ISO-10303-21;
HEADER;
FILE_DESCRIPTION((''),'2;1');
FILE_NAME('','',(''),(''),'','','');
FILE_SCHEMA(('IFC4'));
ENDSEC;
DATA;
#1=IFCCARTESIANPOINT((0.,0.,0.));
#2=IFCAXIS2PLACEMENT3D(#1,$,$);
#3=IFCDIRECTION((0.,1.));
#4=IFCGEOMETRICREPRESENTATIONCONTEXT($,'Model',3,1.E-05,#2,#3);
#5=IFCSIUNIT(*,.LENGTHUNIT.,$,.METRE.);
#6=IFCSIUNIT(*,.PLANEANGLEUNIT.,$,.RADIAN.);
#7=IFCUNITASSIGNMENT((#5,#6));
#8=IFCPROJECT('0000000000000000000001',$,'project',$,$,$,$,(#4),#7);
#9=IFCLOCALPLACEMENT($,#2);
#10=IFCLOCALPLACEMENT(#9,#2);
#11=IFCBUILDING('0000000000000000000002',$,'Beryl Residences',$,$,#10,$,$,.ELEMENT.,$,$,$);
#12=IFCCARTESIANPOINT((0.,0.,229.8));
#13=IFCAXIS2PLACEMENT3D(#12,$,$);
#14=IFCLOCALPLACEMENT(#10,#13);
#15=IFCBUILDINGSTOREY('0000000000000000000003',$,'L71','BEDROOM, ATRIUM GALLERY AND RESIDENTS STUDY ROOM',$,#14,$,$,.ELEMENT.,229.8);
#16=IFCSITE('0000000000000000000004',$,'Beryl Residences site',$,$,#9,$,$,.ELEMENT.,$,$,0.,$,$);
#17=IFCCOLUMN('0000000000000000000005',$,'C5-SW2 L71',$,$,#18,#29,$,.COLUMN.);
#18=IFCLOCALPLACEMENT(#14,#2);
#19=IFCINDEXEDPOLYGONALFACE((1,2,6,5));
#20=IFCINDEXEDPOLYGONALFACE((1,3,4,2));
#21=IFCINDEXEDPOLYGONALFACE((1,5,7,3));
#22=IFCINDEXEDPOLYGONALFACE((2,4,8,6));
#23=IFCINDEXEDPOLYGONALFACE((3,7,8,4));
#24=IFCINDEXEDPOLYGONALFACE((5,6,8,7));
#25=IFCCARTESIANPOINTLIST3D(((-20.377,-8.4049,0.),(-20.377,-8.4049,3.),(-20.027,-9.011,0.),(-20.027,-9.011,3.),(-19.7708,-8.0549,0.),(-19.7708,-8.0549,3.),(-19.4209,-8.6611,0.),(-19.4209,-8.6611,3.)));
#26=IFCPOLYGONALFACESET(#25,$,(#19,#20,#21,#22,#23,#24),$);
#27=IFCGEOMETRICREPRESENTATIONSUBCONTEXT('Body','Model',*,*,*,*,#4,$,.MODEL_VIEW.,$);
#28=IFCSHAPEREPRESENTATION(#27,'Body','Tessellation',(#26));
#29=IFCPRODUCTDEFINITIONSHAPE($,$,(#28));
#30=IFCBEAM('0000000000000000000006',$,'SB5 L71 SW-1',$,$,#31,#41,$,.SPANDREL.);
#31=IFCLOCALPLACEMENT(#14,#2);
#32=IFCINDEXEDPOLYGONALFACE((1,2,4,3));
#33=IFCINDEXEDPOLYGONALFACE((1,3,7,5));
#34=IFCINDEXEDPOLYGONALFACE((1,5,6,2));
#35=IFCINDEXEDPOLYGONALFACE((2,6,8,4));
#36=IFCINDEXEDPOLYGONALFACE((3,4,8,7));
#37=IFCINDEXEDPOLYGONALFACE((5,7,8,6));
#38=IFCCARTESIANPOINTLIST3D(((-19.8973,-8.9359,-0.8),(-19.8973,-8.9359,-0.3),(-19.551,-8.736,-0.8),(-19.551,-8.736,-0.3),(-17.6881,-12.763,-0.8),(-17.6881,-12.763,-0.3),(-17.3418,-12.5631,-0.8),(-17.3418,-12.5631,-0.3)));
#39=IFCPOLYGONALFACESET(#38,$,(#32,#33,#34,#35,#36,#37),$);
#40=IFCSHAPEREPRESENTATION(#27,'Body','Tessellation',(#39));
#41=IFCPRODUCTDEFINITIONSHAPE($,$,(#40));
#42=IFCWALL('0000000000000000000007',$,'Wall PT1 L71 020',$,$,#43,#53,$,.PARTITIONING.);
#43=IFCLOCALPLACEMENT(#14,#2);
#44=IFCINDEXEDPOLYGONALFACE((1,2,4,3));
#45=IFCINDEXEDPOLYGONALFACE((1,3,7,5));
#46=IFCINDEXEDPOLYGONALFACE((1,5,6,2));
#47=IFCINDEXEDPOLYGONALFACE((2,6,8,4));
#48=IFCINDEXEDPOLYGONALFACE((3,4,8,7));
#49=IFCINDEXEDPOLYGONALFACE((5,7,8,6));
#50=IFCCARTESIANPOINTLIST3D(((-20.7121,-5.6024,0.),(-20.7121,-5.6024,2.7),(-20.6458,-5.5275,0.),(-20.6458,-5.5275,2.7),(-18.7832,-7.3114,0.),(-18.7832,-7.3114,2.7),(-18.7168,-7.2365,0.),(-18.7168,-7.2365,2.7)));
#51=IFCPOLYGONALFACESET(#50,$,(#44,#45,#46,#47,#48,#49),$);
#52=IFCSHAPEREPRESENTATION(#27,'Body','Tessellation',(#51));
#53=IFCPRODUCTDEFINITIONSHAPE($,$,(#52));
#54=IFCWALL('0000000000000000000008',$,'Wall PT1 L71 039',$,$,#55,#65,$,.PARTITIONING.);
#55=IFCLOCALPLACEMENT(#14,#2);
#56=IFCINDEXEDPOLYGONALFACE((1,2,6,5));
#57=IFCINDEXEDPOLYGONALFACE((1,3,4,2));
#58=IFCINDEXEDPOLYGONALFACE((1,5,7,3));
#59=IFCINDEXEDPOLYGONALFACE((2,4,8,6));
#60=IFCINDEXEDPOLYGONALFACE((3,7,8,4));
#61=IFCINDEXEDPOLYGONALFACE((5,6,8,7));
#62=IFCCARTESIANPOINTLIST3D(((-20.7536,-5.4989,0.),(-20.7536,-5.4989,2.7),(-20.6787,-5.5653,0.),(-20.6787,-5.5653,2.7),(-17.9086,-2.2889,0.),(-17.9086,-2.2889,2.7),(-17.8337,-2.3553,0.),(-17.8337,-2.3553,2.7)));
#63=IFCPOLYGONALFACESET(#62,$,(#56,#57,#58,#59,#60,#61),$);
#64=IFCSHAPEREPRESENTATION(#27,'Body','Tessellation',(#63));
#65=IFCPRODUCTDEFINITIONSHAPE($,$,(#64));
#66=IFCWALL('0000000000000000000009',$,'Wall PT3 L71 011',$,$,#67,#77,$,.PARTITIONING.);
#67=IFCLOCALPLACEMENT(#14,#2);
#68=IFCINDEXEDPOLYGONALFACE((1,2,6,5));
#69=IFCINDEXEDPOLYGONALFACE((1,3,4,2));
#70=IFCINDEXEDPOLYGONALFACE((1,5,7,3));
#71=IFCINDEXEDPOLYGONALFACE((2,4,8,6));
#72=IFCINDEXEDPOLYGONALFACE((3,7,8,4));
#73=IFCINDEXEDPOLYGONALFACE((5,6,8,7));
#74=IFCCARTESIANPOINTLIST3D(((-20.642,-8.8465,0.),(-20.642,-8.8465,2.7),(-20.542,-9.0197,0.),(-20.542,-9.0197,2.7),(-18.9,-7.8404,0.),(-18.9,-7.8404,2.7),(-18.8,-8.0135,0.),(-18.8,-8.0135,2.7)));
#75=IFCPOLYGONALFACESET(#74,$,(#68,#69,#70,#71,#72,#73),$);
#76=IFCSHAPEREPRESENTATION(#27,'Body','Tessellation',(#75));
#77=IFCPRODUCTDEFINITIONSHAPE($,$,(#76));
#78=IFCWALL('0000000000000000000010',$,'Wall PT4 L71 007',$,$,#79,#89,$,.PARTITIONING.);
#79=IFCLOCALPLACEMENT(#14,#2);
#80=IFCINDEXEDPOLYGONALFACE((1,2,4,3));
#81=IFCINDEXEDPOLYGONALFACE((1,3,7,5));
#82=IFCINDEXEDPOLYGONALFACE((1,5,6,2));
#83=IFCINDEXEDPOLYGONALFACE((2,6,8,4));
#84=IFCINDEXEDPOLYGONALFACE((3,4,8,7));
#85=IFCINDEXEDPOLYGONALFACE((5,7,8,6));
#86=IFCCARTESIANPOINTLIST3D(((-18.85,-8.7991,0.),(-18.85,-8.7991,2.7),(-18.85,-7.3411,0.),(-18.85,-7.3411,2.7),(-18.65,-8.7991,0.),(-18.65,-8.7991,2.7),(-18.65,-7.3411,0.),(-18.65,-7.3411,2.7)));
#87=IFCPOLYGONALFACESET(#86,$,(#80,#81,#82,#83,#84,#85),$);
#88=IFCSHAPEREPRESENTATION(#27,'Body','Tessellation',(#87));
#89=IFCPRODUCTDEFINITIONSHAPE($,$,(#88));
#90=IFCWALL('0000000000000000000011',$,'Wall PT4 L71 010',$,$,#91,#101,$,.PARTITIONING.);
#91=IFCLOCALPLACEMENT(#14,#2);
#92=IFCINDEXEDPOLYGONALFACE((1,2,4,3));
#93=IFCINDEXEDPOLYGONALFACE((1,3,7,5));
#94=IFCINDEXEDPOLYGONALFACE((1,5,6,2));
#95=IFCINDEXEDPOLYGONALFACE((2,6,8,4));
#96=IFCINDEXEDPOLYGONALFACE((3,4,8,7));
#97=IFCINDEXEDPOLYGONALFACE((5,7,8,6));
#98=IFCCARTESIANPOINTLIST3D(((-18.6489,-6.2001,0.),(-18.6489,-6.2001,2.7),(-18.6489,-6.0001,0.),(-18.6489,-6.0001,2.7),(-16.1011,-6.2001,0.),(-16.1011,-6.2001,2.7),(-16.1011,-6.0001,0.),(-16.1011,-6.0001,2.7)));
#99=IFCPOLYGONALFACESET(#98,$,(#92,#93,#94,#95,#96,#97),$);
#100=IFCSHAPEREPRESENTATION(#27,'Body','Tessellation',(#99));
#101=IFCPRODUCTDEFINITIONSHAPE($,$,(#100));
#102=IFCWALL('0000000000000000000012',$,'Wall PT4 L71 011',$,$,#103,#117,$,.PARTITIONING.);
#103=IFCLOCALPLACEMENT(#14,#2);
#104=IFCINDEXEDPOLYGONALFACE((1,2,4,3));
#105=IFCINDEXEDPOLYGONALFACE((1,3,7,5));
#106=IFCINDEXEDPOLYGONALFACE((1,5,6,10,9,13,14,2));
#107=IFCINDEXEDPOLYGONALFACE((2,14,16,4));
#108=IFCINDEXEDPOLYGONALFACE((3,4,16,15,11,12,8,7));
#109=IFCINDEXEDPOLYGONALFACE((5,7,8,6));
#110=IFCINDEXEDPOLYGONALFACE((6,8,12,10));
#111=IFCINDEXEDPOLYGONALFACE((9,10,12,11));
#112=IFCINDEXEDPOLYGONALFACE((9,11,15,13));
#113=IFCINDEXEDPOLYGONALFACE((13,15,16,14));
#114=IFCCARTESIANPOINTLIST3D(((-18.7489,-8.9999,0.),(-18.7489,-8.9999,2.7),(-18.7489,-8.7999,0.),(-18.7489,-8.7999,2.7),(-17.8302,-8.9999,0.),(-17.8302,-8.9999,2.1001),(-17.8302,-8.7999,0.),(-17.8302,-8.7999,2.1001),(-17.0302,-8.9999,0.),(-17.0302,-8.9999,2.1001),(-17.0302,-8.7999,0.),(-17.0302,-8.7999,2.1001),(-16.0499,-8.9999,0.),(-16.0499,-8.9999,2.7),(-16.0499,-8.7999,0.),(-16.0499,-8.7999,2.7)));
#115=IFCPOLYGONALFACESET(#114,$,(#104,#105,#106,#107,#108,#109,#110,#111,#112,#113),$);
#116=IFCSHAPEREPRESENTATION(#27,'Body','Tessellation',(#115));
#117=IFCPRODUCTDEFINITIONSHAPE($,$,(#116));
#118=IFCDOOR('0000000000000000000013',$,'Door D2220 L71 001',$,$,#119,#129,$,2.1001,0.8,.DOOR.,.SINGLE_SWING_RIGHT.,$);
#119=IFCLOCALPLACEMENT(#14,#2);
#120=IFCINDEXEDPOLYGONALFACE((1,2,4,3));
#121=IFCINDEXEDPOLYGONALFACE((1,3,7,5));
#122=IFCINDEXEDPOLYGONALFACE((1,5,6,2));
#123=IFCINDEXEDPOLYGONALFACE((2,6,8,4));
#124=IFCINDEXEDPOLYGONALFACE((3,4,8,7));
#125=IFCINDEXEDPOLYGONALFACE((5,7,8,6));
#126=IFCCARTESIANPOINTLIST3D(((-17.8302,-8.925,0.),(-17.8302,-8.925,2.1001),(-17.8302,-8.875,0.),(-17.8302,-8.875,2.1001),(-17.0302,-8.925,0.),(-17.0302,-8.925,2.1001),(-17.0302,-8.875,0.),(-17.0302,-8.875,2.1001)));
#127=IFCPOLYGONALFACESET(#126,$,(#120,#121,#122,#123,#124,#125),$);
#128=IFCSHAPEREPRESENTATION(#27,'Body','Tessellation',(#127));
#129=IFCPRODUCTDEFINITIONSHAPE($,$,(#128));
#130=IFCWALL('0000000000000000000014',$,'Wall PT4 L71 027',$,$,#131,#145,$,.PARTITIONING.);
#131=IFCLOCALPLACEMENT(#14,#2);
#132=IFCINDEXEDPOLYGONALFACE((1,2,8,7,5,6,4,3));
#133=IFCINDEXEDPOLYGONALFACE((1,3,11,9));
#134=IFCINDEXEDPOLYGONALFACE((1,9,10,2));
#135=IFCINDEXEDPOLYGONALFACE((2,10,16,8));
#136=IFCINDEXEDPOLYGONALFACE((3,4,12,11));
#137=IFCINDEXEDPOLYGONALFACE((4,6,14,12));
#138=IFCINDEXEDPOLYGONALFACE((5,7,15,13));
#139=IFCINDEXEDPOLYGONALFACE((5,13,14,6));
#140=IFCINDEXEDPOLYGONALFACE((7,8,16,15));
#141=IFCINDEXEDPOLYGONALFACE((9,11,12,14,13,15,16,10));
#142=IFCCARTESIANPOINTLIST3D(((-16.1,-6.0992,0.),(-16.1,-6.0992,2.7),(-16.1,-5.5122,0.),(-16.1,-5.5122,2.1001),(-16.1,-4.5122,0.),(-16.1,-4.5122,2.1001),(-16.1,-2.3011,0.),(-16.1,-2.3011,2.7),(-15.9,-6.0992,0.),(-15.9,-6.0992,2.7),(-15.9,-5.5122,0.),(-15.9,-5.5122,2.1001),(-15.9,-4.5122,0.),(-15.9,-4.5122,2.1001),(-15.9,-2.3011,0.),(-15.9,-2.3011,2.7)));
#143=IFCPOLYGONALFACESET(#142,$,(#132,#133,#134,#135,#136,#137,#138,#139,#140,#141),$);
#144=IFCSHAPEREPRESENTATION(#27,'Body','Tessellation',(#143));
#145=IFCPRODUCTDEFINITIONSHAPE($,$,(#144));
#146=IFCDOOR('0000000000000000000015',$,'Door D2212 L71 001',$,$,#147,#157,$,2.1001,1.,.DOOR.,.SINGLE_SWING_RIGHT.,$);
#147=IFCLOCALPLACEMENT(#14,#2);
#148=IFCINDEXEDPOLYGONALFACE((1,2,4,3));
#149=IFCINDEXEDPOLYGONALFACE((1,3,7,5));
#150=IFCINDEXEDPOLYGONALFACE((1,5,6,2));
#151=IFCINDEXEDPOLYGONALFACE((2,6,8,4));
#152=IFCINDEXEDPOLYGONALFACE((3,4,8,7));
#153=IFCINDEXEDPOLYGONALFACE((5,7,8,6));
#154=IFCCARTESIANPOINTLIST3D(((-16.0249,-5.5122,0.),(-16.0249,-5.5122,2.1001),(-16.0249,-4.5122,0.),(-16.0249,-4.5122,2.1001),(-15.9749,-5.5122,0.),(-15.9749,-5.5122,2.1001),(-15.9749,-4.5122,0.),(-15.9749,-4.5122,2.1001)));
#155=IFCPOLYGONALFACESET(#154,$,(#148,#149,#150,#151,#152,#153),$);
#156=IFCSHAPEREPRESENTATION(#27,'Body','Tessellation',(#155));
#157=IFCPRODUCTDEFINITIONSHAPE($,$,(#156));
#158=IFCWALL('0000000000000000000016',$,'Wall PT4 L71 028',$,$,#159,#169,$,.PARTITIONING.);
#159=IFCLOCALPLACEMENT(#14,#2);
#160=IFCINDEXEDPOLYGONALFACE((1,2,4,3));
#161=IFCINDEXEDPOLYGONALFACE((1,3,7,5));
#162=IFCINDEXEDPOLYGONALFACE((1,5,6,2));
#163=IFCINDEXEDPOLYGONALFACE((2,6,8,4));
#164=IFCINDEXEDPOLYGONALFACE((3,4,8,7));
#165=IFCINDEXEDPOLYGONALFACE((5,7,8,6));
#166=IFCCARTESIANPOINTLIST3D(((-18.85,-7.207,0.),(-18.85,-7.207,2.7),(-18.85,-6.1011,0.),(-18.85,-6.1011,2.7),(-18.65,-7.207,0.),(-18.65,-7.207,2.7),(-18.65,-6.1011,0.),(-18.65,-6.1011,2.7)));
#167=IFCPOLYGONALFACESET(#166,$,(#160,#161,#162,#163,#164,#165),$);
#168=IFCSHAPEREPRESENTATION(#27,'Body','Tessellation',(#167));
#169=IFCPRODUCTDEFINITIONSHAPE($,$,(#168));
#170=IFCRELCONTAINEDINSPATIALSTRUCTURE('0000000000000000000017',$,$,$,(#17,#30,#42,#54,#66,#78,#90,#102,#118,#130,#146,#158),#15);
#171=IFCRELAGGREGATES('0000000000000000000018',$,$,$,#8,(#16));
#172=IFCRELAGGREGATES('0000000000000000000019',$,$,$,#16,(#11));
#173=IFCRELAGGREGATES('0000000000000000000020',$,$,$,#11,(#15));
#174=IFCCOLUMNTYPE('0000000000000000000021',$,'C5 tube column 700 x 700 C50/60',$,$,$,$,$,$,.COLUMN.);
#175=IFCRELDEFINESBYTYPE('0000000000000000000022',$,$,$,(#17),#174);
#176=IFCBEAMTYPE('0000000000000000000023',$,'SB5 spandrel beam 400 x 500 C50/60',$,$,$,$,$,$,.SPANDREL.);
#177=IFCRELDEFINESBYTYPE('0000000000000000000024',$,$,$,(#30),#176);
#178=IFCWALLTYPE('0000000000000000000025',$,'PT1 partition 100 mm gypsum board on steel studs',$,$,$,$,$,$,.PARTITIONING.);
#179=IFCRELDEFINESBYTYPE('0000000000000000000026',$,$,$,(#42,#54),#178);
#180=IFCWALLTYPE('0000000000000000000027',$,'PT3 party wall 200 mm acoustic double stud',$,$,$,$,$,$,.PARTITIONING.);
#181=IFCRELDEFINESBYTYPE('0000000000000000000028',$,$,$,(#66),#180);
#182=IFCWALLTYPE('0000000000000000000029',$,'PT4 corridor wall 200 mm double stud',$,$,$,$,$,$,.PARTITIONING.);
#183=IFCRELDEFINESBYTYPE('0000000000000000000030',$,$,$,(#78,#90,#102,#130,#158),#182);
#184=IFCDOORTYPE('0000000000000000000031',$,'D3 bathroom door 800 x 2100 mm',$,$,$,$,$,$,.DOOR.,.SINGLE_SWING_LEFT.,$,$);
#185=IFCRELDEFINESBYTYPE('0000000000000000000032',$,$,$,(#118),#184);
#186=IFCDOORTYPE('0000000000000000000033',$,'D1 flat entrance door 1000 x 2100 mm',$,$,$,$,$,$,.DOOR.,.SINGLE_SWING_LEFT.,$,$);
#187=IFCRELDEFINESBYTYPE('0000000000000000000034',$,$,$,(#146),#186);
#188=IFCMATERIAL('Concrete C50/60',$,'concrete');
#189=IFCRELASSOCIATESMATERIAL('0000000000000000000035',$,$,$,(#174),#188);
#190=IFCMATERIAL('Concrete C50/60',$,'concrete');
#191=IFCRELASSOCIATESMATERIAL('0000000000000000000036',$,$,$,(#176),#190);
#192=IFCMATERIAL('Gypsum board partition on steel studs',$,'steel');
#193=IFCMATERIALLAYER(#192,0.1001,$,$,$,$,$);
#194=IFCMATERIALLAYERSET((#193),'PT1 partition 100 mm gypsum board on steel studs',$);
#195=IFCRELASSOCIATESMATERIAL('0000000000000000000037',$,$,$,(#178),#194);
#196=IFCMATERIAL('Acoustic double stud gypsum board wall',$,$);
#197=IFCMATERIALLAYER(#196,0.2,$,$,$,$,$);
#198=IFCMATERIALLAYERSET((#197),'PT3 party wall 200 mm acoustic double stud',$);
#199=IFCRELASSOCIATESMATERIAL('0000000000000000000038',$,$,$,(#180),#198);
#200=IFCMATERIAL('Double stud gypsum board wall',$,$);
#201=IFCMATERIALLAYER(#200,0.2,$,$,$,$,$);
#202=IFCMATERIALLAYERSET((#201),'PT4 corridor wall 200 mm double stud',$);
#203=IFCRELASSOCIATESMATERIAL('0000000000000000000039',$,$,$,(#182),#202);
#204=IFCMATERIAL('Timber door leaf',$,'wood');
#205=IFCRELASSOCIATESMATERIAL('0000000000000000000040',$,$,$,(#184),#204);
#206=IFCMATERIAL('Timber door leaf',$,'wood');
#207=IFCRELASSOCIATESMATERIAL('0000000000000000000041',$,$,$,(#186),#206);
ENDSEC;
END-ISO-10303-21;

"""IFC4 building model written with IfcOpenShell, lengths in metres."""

from ifc_helpers import new_model, si_unit, direction, frame, frame_2d, origin, origin_2d, place, context, subcontext, project, spatial, rectangle, extrude, material, layer, layer_set, material_profile, profile_set, type_object, element, fill, save


model = new_model("IFC4")

# Units and contexts
model_context = context("Model", 3, precision=1e-05, world=origin(), true_north=direction((0.0, 1.0)))
body_context = subcontext(model_context, "Body", "Model", "MODEL_VIEW")
ifc_project = project(units=[si_unit("LENGTHUNIT", "METRE"), si_unit("PLANEANGLEUNIT", "RADIAN")], contexts=[model_context])

# Site, building, storey
site_placement = place(None, origin())
site = spatial("IfcSite", under=ifc_project, at=site_placement, Name="Beryl Residences site", CompositionType="ELEMENT", RefElevation=0.0)
building_placement = place(site_placement, origin())
building = spatial("IfcBuilding", under=site, at=building_placement, Name="Beryl Residences", CompositionType="ELEMENT")
storey_placement = place(building_placement, frame((0.0, 0.0, 229.8)))
storey = spatial("IfcBuildingStorey", under=building, at=storey_placement, Name="L71", Description="BEDROOM, ATRIUM GALLERY AND RESIDENTS STUDY ROOM", CompositionType="ELEMENT", Elevation=229.8)

# Column
ifc_material_1 = material(Name="Concrete C50/60", Category="concrete")
ifc_material_profile_1 = material_profile(ifc_material_1, rectangle(XDim=0.7, YDim=0.7, at=origin_2d()))
ifc_profile_set_1 = profile_set([ifc_material_profile_1], Name="Concrete C50/60")
column_type = type_object("IfcColumnType", Name="C5 tube column 700 x 700 C50/60", PredefinedType="COLUMN", material=ifc_profile_set_1)
column_placement = place(storey_placement, frame((-19.8989, -8.533, 0.0), z_axis=(0.0, 0.0, 1.0), x_axis=(0.499985, -0.866034, 0.0)))
element("IfcColumn", 1, at=column_placement, inside=storey, type_object=column_type, Name="C5-SW2 L71", PredefinedType="COLUMN", context=body_context, shape_type="SweptSolid", body=[
    extrude(rectangle(XDim=0.7, YDim=0.7, at=origin_2d()), origin(), (0.0, 0.0, 1.0), 3.0),
])

# Beam
ifc_material_2 = material(Name="Concrete C50/60", Category="concrete")
ifc_material_profile_2 = material_profile(ifc_material_2, rectangle(XDim=0.3999, YDim=0.5, at=origin_2d()))
ifc_profile_set_2 = profile_set([ifc_material_profile_2], Name="Concrete C50/60")
beam_type = type_object("IfcBeamType", Name="SB5 spandrel beam 400 x 500 C50/60", PredefinedType="SPANDREL", material=ifc_profile_set_2)
beam_placement = place(storey_placement, frame((-19.7241, -8.8359, -0.55), z_axis=(0.499936, -0.866062, 0.0), x_axis=(0.866062, 0.499936, 0.0)))
element("IfcBeam", 2, at=beam_placement, inside=storey, type_object=beam_type, Name="SB5 L71 SW-1", PredefinedType="SPANDREL", context=body_context, shape_type="SweptSolid", body=[
    extrude(rectangle(XDim=0.3999, YDim=0.5, at=origin_2d()), origin(), (0.0, 0.0, 1.0), 4.4189),
])

# Walls
ifc_material_3 = material(Name="Gypsum board partition on steel studs", Category="steel")
ifc_layer_1 = layer(ifc_material_3, 0.1001)
ifc_layer_set_1 = layer_set([ifc_layer_1], Name="PT1 partition 100 mm gypsum board on steel studs")
wall_type_1 = type_object("IfcWallType", Name="PT1 partition 100 mm gypsum board on steel studs", PredefinedType="PARTITIONING", material=ifc_layer_set_1)
wall_1_placement = place(storey_placement, frame((-20.679, -5.5649, 0.0), z_axis=(0.0, 0.0, 1.0), x_axis=(0.748495, -0.66314, 0.0)))
element("IfcWall", 3, at=wall_1_placement, inside=storey, type_object=wall_type_1, Name="Wall PT1 L71 020", PredefinedType="PARTITIONING", context=body_context, shape_type="SweptSolid", body=[
    extrude(rectangle(XDim=2.5771, YDim=0.1001, at=frame_2d((1.2886, 0.0))), origin(), (0.0, 0.0, 1.0), 2.7),
])
wall_2_placement = place(storey_placement, frame((-20.7161, -5.532, 0.0), z_axis=(0.0, 0.0, 1.0), x_axis=(0.663279, 0.748373, 0.0)))
element("IfcWall", 4, at=wall_2_placement, inside=storey, type_object=wall_type_1, Name="Wall PT1 L71 039", PredefinedType="PARTITIONING", context=body_context, shape_type="SweptSolid", body=[
    extrude(rectangle(XDim=4.2893, YDim=0.1001, at=frame_2d((2.1445, 0.0))), origin(), (0.0, 0.0, 1.0), 2.7),
])
ifc_material_4 = material(Name="Acoustic double stud gypsum board wall")
ifc_layer_2 = layer(ifc_material_4, 0.2)
ifc_layer_set_2 = layer_set([ifc_layer_2], Name="PT3 party wall 200 mm acoustic double stud")
wall_type_2 = type_object("IfcWallType", Name="PT3 party wall 200 mm acoustic double stud", PredefinedType="PARTITIONING", material=ifc_layer_set_2)
wall_3_placement = place(storey_placement, frame((-20.592, -8.9331, 0.0), z_axis=(0.0, 0.0, 1.0), x_axis=(0.865941, 0.500146, 0.0)))
element("IfcWall", 5, at=wall_3_placement, inside=storey, type_object=wall_type_2, Name="Wall PT3 L71 011", PredefinedType="PARTITIONING", context=body_context, shape_type="SweptSolid", body=[
    extrude(rectangle(XDim=2.0117, YDim=0.2, at=frame_2d((1.0059, 0.0))), origin(), (0.0, 0.0, 1.0), 2.7),
])
ifc_material_5 = material(Name="Double stud gypsum board wall")
ifc_layer_3 = layer(ifc_material_5, 0.2)
ifc_layer_set_3 = layer_set([ifc_layer_3], Name="PT4 corridor wall 200 mm double stud")
wall_type_3 = type_object("IfcWallType", Name="PT4 corridor wall 200 mm double stud", PredefinedType="PARTITIONING", material=ifc_layer_set_3)
wall_4_placement = place(storey_placement, frame((-18.75, -7.3411, 0.0), z_axis=(0.0, 0.0, 1.0), x_axis=(0.0, -1.0, 0.0)))
element("IfcWall", 6, at=wall_4_placement, inside=storey, type_object=wall_type_3, Name="Wall PT4 L71 007", PredefinedType="PARTITIONING", context=body_context, shape_type="SweptSolid", body=[
    extrude(rectangle(XDim=1.458, YDim=0.2, at=frame_2d((0.729, 0.0))), origin(), (0.0, 0.0, 1.0), 2.7),
])
wall_5_placement = place(storey_placement, frame((-18.6489, -6.1001, 0.0), z_axis=(0.0, 0.0, 1.0), x_axis=(1.0, 0.0, 0.0)))
element("IfcWall", 7, at=wall_5_placement, inside=storey, type_object=wall_type_3, Name="Wall PT4 L71 010", PredefinedType="PARTITIONING", context=body_context, shape_type="SweptSolid", body=[
    extrude(rectangle(XDim=2.5479, YDim=0.2, at=frame_2d((1.2739, 0.0))), origin(), (0.0, 0.0, 1.0), 2.7),
])

# Walls, openings, doors
wall_6_placement = place(storey_placement, frame((-18.749, -8.8999, 0.0), z_axis=(0.0, 0.0, 1.0), x_axis=(1.0, 0.0, 0.0)))
wall_6 = element("IfcWall", 8, at=wall_6_placement, inside=storey, type_object=wall_type_3, Name="Wall PT4 L71 011", PredefinedType="PARTITIONING", context=body_context, shape_type="SweptSolid", body=[
    extrude(rectangle(XDim=2.699, YDim=0.2, at=frame_2d((1.3496, 0.0))), origin(), (0.0, 0.0, 1.0), 2.7),
])
opening_1_placement = place(wall_6_placement, frame((0.9189, 0.0, 0.0)))
opening_1 = element("IfcOpeningElement", 9, at=opening_1_placement, cuts=wall_6, PredefinedType="OPENING", context=body_context, shape_type="SweptSolid", body=[
    extrude(rectangle(XDim=0.8, YDim=2.1001, at=frame_2d((0.3999, 1.05))), frame((0.0, 0.1099, 0.0), z_axis=(0.0, -1.0, 0.0), x_axis=(1.0, 0.0, 0.0)), (0.0, 0.0, 1.0), 0.22),
])
ifc_material_6 = material(Name="Timber door leaf", Category="wood")
door_type_1 = type_object("IfcDoorType", Name="D3 bathroom door 800 x 2100 mm", OperationType="SINGLE_SWING_LEFT", PredefinedType="DOOR", material=ifc_material_6)
door_1_placement = place(opening_1_placement, origin())
door_1 = element("IfcDoor", 10, at=door_1_placement, inside=storey, type_object=door_type_1, Name="Door D2220 L71 001", OperationType="SINGLE_SWING_RIGHT", OverallHeight=2.1001, OverallWidth=0.8, PredefinedType="DOOR", context=body_context, shape_type="SweptSolid", body=[
    extrude(rectangle(XDim=0.8, YDim=2.1001, at=frame_2d((0.3999, 1.05))), frame((0.0, 0.0249, 0.0), z_axis=(0.0, -1.0, 0.0), x_axis=(1.0, 0.0, 0.0)), (0.0, 0.0, 1.0), 0.05),
])
fill(opening_1, door_1)
wall_7_placement = place(storey_placement, frame((-16.0, -6.0991, 0.0), z_axis=(0.0, 0.0, 1.0), x_axis=(0.0, 1.0, 0.0)))
wall_7 = element("IfcWall", 11, at=wall_7_placement, inside=storey, type_object=wall_type_3, Name="Wall PT4 L71 027", PredefinedType="PARTITIONING", context=body_context, shape_type="SweptSolid", body=[
    extrude(rectangle(XDim=3.7981, YDim=0.2, at=frame_2d((1.8989, 0.0))), origin(), (0.0, 0.0, 1.0), 2.7),
])
opening_2_placement = place(wall_7_placement, frame((0.5869, 0.0, 0.0)))
opening_2 = element("IfcOpeningElement", 12, at=opening_2_placement, cuts=wall_7, PredefinedType="OPENING", context=body_context, shape_type="SweptSolid", body=[
    extrude(rectangle(XDim=1.0, YDim=2.1001, at=frame_2d((0.5, 1.05))), frame((0.0, 0.1099, 0.0), z_axis=(0.0, -1.0, 0.0), x_axis=(1.0, 0.0, 0.0)), (0.0, 0.0, 1.0), 0.22),
])
ifc_material_7 = material(Name="Timber door leaf", Category="wood")
door_type_2 = type_object("IfcDoorType", Name="D1 flat entrance door 1000 x 2100 mm", OperationType="SINGLE_SWING_LEFT", PredefinedType="DOOR", material=ifc_material_7)
door_2_placement = place(opening_2_placement, origin())
door_2 = element("IfcDoor", 13, at=door_2_placement, inside=storey, type_object=door_type_2, Name="Door D2212 L71 001", OperationType="SINGLE_SWING_RIGHT", OverallHeight=2.1001, OverallWidth=1.0, PredefinedType="DOOR", context=body_context, shape_type="SweptSolid", body=[
    extrude(rectangle(XDim=1.0, YDim=2.1001, at=frame_2d((0.5, 1.05))), frame((0.0, 0.0249, 0.0), z_axis=(0.0, -1.0, 0.0), x_axis=(1.0, 0.0, 0.0)), (0.0, 0.0, 1.0), 0.05),
])
fill(opening_2, door_2)

# Wall
wall_8_placement = place(storey_placement, frame((-18.75, -7.207, 0.0), z_axis=(0.0, 0.0, 1.0), x_axis=(0.0, 1.0, 0.0)))
element("IfcWall", 14, at=wall_8_placement, inside=storey, type_object=wall_type_3, Name="Wall PT4 L71 028", PredefinedType="PARTITIONING", context=body_context, shape_type="SweptSolid", body=[
    extrude(rectangle(XDim=1.106, YDim=0.2, at=frame_2d((0.553, 0.0))), origin(), (0.0, 0.0, 1.0), 2.7),
])

save(model, "model.ifc")
